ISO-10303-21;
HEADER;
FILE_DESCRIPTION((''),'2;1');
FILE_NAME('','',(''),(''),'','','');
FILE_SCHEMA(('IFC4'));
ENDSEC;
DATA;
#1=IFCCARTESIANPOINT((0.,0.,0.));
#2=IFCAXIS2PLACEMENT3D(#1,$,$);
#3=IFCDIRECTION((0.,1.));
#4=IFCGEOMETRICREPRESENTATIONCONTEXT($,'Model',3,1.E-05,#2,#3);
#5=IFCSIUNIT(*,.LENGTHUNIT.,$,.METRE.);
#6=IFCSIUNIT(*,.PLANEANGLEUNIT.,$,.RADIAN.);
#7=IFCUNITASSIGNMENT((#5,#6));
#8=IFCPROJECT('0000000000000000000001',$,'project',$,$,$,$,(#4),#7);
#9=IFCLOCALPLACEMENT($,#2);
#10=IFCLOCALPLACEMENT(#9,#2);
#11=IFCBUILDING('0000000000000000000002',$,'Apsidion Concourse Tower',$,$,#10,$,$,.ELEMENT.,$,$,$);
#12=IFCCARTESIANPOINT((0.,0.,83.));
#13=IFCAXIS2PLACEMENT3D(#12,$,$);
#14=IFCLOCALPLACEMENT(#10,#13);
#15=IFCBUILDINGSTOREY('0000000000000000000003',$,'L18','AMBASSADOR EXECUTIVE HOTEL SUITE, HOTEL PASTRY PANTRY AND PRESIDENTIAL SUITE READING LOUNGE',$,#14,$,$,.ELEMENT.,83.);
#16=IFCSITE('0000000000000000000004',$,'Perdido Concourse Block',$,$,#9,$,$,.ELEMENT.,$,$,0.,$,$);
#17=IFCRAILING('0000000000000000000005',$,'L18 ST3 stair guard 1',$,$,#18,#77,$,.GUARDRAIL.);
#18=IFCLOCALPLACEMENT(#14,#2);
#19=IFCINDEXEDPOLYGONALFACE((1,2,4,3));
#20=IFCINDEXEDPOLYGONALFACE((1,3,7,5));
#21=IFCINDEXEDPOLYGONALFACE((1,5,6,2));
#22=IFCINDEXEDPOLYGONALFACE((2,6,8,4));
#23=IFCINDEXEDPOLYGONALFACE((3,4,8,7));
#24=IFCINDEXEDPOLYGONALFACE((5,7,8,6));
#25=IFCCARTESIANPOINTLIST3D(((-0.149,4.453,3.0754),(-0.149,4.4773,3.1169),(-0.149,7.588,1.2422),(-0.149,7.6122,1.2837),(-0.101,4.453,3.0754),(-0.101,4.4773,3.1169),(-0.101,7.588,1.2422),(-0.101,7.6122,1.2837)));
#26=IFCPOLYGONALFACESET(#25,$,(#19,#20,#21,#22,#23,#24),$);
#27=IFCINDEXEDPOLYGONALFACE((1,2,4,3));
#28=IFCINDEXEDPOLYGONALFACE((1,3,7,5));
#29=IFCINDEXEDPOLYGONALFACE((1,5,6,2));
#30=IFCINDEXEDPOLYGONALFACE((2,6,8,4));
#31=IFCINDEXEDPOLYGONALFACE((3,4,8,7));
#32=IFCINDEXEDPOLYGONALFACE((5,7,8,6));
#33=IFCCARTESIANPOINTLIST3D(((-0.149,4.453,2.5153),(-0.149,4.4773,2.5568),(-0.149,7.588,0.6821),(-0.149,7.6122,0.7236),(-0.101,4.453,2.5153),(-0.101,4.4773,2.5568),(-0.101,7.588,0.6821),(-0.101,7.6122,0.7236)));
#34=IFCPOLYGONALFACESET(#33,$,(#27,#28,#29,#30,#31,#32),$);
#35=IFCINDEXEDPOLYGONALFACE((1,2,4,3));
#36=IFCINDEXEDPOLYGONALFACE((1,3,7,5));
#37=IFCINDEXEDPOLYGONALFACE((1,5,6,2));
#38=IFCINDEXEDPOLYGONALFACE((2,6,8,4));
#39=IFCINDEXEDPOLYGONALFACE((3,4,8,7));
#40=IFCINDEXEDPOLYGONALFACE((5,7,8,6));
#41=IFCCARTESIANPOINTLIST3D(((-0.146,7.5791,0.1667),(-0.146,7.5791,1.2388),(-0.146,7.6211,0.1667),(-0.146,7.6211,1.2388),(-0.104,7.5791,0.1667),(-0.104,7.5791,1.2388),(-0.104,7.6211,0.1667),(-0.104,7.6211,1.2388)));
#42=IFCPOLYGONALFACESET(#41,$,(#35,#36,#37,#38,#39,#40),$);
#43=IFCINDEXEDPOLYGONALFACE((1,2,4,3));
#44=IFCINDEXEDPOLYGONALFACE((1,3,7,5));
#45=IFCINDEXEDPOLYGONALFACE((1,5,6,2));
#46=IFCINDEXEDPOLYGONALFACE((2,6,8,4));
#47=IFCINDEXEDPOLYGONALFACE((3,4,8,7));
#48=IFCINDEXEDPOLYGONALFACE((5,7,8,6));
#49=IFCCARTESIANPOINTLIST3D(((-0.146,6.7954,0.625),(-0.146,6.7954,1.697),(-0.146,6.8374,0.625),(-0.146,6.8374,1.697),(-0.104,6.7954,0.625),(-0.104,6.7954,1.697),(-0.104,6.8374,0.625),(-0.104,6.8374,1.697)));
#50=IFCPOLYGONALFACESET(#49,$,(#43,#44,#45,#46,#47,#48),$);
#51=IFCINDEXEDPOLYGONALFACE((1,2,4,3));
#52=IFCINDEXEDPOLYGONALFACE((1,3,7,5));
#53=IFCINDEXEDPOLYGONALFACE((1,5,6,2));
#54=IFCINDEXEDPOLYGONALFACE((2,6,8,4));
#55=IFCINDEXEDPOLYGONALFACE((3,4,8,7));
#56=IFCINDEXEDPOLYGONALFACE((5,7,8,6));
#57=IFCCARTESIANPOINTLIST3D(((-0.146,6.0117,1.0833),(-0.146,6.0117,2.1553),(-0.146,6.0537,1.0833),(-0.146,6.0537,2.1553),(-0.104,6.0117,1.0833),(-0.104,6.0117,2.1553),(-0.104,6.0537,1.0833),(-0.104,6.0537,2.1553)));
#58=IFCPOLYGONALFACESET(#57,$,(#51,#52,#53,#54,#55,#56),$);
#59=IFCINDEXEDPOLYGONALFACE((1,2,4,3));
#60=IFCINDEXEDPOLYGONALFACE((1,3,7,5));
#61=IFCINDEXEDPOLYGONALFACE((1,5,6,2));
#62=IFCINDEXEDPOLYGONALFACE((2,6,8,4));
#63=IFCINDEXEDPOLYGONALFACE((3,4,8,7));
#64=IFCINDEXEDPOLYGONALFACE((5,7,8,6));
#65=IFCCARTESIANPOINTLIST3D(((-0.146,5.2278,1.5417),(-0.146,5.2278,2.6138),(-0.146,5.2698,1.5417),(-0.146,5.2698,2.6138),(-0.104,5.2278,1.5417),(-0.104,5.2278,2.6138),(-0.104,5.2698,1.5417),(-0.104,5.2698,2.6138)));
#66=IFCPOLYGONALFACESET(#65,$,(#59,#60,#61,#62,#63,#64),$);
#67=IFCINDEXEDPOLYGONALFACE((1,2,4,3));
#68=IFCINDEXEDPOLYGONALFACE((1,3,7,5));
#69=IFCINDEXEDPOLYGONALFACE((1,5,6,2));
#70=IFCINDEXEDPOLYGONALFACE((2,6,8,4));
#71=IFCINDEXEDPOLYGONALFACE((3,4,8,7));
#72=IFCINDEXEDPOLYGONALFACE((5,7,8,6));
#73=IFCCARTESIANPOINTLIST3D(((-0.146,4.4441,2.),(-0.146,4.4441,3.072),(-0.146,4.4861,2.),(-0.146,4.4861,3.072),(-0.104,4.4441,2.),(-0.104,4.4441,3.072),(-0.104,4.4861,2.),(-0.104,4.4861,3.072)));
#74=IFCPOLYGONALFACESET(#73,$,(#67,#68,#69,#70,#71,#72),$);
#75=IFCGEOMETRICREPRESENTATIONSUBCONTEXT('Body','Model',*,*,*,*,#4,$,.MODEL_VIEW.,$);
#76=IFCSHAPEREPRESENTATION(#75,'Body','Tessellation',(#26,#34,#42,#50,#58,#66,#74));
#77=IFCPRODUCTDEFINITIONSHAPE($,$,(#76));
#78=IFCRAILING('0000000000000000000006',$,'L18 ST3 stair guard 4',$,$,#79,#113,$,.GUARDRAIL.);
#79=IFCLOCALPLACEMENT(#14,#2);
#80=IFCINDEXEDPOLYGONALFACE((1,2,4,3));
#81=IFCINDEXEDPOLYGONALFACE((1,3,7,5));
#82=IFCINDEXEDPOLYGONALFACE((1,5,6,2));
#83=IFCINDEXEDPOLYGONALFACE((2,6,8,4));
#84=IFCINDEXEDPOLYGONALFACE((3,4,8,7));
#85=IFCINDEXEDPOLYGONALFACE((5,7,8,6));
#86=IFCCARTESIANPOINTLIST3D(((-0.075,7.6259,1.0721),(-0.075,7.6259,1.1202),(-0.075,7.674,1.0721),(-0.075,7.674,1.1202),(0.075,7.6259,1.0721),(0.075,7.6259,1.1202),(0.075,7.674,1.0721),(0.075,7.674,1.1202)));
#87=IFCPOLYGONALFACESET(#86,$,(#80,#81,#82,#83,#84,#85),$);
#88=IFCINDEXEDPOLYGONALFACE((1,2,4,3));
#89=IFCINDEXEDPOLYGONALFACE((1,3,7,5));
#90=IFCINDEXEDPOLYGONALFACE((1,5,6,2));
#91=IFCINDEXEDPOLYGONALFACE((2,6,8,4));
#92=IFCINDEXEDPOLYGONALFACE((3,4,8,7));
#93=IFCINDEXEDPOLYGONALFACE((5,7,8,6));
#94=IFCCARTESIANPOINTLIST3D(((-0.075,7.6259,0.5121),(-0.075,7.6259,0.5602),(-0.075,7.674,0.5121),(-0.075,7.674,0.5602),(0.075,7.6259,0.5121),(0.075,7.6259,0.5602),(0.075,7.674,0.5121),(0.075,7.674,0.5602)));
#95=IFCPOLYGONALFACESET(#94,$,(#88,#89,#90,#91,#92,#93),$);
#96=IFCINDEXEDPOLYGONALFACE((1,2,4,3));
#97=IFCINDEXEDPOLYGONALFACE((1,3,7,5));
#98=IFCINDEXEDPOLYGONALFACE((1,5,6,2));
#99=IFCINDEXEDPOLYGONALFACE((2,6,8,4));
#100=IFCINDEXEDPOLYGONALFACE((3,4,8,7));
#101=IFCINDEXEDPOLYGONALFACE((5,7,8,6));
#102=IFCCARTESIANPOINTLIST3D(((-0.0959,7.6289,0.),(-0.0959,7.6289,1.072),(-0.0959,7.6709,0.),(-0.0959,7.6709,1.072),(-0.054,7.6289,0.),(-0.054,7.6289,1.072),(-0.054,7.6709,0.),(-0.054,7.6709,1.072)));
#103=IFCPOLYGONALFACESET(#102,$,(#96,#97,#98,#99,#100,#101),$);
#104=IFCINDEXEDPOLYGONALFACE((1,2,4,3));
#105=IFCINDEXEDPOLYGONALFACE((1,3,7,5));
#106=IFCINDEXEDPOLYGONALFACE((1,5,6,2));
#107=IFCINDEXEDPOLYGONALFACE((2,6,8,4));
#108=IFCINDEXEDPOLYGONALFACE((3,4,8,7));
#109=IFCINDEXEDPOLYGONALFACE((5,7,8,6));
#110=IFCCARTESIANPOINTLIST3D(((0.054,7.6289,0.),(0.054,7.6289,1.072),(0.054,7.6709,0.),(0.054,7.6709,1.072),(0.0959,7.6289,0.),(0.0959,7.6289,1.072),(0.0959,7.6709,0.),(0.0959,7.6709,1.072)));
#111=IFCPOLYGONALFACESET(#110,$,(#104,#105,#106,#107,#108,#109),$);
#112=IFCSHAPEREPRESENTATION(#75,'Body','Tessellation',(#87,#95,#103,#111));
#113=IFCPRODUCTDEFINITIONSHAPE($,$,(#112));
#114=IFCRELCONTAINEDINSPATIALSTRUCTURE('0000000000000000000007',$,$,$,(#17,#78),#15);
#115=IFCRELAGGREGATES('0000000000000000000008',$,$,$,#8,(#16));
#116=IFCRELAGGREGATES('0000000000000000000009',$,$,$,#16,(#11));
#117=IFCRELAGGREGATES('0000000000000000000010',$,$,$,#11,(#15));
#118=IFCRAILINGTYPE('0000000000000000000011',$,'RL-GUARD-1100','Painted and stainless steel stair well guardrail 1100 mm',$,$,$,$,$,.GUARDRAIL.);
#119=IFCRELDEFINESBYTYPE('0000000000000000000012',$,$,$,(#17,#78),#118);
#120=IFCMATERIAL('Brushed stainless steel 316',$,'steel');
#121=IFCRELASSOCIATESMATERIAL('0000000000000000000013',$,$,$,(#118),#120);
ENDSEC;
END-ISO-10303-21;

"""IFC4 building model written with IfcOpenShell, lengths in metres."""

from ifc_helpers import new_model, si_unit, direction, frame, origin, origin_2d, place, context, subcontext, project, spatial, rectangle, extrude, material, type_object, element, save


model = new_model("IFC4")

# Units and contexts
model_context = context("Model", 3, precision=1e-05, world=origin(), true_north=direction((0.0, 1.0)))
body_context = subcontext(model_context, "Body", "Model", "MODEL_VIEW")
ifc_project = project(units=[si_unit("LENGTHUNIT", "METRE"), si_unit("PLANEANGLEUNIT", "RADIAN")], contexts=[model_context])

# Site, building, storey
site_placement = place(None, origin())
site = spatial("IfcSite", under=ifc_project, at=site_placement, Name="Perdido Concourse Block", CompositionType="ELEMENT", RefElevation=0.0)
building_placement = place(site_placement, origin())
building = spatial("IfcBuilding", under=site, at=building_placement, Name="Apsidion Concourse Tower", CompositionType="ELEMENT")
storey_placement = place(building_placement, frame((0.0, 0.0, 83.0)))
storey = spatial("IfcBuildingStorey", under=building, at=storey_placement, Name="L18", Description="AMBASSADOR EXECUTIVE HOTEL SUITE, HOTEL PASTRY PANTRY AND PRESIDENTIAL SUITE READING LOUNGE", CompositionType="ELEMENT", Elevation=83.0)

# Shared definitions
ifc_material_1 = material(Name="Brushed stainless steel 316", Category="steel")

# Railings
railing_type_1 = type_object("IfcRailingType", Name="RL-GUARD-1100", Description="Painted and stainless steel stair well guardrail 1100 mm", PredefinedType="GUARDRAIL", material=ifc_material_1)
railing_1_placement = place(storey_placement, frame((-0.125, 7.6001, 0.1667)))
element("IfcRailing", 1, at=railing_1_placement, inside=storey, type_object=railing_type_1, Name="L18 ST3 stair guard 1", PredefinedType="GUARDRAIL", context=body_context, shape_type="SweptSolid", body=[
    extrude(rectangle(XDim=0.0481, YDim=0.0481, at=origin_2d()), frame((0.0, 0.0, 1.0962), z_axis=(0.0, -0.86324, 0.504794), x_axis=(1.0, 0.0, 0.0)), (0.0, 0.0, 1.0), 3.6316),
    extrude(rectangle(XDim=0.0481, YDim=0.0481, at=origin_2d()), frame((0.0, 0.0, 0.5361), z_axis=(0.0, -0.86324, 0.504794), x_axis=(1.0, 0.0, 0.0)), (0.0, 0.0, 1.0), 3.6316),
    extrude(rectangle(XDim=0.042, YDim=0.042, at=origin_2d()), origin(), (0.0, 0.0, 1.0), 1.072),
    extrude(rectangle(XDim=0.042, YDim=0.042, at=origin_2d()), frame((0.0, -0.7837, 0.4583)), (0.0, 0.0, 1.0), 1.072),
    extrude(rectangle(XDim=0.042, YDim=0.042, at=origin_2d()), frame((0.0, -1.5674, 0.9165)), (0.0, 0.0, 1.0), 1.072),
    extrude(rectangle(XDim=0.042, YDim=0.042, at=origin_2d()), frame((0.0, -2.3513, 1.375)), (0.0, 0.0, 1.0), 1.072),
    extrude(rectangle(XDim=0.042, YDim=0.042, at=origin_2d()), frame((0.0, -3.135, 1.8333)), (0.0, 0.0, 1.0), 1.072),
])
railing_2_placement = place(storey_placement, frame((-0.075, 7.6499, 0.0)))
element("IfcRailing", 2, at=railing_2_placement, inside=storey, type_object=railing_type_1, Name="L18 ST3 stair guard 4", PredefinedType="GUARDRAIL", context=body_context, shape_type="SweptSolid", body=[
    extrude(rectangle(XDim=0.0481, YDim=0.0481, at=origin_2d()), frame((0.0, 0.0, 1.0962), z_axis=(1.0, 0.0, 0.0), x_axis=(0.0, 1.0, 0.0)), (0.0, 0.0, 1.0), 0.1499),
    extrude(rectangle(XDim=0.0481, YDim=0.0481, at=origin_2d()), frame((0.0, 0.0, 0.5361), z_axis=(1.0, 0.0, 0.0), x_axis=(0.0, 1.0, 0.0)), (0.0, 0.0, 1.0), 0.1499),
    extrude(rectangle(XDim=0.042, YDim=0.042, at=origin_2d()), origin(), (0.0, 0.0, 1.0), 1.072),
    extrude(rectangle(XDim=0.042, YDim=0.042, at=origin_2d()), frame((0.1499, 0.0, 0.0)), (0.0, 0.0, 1.0), 1.072),
])

save(model, "model.ifc")
